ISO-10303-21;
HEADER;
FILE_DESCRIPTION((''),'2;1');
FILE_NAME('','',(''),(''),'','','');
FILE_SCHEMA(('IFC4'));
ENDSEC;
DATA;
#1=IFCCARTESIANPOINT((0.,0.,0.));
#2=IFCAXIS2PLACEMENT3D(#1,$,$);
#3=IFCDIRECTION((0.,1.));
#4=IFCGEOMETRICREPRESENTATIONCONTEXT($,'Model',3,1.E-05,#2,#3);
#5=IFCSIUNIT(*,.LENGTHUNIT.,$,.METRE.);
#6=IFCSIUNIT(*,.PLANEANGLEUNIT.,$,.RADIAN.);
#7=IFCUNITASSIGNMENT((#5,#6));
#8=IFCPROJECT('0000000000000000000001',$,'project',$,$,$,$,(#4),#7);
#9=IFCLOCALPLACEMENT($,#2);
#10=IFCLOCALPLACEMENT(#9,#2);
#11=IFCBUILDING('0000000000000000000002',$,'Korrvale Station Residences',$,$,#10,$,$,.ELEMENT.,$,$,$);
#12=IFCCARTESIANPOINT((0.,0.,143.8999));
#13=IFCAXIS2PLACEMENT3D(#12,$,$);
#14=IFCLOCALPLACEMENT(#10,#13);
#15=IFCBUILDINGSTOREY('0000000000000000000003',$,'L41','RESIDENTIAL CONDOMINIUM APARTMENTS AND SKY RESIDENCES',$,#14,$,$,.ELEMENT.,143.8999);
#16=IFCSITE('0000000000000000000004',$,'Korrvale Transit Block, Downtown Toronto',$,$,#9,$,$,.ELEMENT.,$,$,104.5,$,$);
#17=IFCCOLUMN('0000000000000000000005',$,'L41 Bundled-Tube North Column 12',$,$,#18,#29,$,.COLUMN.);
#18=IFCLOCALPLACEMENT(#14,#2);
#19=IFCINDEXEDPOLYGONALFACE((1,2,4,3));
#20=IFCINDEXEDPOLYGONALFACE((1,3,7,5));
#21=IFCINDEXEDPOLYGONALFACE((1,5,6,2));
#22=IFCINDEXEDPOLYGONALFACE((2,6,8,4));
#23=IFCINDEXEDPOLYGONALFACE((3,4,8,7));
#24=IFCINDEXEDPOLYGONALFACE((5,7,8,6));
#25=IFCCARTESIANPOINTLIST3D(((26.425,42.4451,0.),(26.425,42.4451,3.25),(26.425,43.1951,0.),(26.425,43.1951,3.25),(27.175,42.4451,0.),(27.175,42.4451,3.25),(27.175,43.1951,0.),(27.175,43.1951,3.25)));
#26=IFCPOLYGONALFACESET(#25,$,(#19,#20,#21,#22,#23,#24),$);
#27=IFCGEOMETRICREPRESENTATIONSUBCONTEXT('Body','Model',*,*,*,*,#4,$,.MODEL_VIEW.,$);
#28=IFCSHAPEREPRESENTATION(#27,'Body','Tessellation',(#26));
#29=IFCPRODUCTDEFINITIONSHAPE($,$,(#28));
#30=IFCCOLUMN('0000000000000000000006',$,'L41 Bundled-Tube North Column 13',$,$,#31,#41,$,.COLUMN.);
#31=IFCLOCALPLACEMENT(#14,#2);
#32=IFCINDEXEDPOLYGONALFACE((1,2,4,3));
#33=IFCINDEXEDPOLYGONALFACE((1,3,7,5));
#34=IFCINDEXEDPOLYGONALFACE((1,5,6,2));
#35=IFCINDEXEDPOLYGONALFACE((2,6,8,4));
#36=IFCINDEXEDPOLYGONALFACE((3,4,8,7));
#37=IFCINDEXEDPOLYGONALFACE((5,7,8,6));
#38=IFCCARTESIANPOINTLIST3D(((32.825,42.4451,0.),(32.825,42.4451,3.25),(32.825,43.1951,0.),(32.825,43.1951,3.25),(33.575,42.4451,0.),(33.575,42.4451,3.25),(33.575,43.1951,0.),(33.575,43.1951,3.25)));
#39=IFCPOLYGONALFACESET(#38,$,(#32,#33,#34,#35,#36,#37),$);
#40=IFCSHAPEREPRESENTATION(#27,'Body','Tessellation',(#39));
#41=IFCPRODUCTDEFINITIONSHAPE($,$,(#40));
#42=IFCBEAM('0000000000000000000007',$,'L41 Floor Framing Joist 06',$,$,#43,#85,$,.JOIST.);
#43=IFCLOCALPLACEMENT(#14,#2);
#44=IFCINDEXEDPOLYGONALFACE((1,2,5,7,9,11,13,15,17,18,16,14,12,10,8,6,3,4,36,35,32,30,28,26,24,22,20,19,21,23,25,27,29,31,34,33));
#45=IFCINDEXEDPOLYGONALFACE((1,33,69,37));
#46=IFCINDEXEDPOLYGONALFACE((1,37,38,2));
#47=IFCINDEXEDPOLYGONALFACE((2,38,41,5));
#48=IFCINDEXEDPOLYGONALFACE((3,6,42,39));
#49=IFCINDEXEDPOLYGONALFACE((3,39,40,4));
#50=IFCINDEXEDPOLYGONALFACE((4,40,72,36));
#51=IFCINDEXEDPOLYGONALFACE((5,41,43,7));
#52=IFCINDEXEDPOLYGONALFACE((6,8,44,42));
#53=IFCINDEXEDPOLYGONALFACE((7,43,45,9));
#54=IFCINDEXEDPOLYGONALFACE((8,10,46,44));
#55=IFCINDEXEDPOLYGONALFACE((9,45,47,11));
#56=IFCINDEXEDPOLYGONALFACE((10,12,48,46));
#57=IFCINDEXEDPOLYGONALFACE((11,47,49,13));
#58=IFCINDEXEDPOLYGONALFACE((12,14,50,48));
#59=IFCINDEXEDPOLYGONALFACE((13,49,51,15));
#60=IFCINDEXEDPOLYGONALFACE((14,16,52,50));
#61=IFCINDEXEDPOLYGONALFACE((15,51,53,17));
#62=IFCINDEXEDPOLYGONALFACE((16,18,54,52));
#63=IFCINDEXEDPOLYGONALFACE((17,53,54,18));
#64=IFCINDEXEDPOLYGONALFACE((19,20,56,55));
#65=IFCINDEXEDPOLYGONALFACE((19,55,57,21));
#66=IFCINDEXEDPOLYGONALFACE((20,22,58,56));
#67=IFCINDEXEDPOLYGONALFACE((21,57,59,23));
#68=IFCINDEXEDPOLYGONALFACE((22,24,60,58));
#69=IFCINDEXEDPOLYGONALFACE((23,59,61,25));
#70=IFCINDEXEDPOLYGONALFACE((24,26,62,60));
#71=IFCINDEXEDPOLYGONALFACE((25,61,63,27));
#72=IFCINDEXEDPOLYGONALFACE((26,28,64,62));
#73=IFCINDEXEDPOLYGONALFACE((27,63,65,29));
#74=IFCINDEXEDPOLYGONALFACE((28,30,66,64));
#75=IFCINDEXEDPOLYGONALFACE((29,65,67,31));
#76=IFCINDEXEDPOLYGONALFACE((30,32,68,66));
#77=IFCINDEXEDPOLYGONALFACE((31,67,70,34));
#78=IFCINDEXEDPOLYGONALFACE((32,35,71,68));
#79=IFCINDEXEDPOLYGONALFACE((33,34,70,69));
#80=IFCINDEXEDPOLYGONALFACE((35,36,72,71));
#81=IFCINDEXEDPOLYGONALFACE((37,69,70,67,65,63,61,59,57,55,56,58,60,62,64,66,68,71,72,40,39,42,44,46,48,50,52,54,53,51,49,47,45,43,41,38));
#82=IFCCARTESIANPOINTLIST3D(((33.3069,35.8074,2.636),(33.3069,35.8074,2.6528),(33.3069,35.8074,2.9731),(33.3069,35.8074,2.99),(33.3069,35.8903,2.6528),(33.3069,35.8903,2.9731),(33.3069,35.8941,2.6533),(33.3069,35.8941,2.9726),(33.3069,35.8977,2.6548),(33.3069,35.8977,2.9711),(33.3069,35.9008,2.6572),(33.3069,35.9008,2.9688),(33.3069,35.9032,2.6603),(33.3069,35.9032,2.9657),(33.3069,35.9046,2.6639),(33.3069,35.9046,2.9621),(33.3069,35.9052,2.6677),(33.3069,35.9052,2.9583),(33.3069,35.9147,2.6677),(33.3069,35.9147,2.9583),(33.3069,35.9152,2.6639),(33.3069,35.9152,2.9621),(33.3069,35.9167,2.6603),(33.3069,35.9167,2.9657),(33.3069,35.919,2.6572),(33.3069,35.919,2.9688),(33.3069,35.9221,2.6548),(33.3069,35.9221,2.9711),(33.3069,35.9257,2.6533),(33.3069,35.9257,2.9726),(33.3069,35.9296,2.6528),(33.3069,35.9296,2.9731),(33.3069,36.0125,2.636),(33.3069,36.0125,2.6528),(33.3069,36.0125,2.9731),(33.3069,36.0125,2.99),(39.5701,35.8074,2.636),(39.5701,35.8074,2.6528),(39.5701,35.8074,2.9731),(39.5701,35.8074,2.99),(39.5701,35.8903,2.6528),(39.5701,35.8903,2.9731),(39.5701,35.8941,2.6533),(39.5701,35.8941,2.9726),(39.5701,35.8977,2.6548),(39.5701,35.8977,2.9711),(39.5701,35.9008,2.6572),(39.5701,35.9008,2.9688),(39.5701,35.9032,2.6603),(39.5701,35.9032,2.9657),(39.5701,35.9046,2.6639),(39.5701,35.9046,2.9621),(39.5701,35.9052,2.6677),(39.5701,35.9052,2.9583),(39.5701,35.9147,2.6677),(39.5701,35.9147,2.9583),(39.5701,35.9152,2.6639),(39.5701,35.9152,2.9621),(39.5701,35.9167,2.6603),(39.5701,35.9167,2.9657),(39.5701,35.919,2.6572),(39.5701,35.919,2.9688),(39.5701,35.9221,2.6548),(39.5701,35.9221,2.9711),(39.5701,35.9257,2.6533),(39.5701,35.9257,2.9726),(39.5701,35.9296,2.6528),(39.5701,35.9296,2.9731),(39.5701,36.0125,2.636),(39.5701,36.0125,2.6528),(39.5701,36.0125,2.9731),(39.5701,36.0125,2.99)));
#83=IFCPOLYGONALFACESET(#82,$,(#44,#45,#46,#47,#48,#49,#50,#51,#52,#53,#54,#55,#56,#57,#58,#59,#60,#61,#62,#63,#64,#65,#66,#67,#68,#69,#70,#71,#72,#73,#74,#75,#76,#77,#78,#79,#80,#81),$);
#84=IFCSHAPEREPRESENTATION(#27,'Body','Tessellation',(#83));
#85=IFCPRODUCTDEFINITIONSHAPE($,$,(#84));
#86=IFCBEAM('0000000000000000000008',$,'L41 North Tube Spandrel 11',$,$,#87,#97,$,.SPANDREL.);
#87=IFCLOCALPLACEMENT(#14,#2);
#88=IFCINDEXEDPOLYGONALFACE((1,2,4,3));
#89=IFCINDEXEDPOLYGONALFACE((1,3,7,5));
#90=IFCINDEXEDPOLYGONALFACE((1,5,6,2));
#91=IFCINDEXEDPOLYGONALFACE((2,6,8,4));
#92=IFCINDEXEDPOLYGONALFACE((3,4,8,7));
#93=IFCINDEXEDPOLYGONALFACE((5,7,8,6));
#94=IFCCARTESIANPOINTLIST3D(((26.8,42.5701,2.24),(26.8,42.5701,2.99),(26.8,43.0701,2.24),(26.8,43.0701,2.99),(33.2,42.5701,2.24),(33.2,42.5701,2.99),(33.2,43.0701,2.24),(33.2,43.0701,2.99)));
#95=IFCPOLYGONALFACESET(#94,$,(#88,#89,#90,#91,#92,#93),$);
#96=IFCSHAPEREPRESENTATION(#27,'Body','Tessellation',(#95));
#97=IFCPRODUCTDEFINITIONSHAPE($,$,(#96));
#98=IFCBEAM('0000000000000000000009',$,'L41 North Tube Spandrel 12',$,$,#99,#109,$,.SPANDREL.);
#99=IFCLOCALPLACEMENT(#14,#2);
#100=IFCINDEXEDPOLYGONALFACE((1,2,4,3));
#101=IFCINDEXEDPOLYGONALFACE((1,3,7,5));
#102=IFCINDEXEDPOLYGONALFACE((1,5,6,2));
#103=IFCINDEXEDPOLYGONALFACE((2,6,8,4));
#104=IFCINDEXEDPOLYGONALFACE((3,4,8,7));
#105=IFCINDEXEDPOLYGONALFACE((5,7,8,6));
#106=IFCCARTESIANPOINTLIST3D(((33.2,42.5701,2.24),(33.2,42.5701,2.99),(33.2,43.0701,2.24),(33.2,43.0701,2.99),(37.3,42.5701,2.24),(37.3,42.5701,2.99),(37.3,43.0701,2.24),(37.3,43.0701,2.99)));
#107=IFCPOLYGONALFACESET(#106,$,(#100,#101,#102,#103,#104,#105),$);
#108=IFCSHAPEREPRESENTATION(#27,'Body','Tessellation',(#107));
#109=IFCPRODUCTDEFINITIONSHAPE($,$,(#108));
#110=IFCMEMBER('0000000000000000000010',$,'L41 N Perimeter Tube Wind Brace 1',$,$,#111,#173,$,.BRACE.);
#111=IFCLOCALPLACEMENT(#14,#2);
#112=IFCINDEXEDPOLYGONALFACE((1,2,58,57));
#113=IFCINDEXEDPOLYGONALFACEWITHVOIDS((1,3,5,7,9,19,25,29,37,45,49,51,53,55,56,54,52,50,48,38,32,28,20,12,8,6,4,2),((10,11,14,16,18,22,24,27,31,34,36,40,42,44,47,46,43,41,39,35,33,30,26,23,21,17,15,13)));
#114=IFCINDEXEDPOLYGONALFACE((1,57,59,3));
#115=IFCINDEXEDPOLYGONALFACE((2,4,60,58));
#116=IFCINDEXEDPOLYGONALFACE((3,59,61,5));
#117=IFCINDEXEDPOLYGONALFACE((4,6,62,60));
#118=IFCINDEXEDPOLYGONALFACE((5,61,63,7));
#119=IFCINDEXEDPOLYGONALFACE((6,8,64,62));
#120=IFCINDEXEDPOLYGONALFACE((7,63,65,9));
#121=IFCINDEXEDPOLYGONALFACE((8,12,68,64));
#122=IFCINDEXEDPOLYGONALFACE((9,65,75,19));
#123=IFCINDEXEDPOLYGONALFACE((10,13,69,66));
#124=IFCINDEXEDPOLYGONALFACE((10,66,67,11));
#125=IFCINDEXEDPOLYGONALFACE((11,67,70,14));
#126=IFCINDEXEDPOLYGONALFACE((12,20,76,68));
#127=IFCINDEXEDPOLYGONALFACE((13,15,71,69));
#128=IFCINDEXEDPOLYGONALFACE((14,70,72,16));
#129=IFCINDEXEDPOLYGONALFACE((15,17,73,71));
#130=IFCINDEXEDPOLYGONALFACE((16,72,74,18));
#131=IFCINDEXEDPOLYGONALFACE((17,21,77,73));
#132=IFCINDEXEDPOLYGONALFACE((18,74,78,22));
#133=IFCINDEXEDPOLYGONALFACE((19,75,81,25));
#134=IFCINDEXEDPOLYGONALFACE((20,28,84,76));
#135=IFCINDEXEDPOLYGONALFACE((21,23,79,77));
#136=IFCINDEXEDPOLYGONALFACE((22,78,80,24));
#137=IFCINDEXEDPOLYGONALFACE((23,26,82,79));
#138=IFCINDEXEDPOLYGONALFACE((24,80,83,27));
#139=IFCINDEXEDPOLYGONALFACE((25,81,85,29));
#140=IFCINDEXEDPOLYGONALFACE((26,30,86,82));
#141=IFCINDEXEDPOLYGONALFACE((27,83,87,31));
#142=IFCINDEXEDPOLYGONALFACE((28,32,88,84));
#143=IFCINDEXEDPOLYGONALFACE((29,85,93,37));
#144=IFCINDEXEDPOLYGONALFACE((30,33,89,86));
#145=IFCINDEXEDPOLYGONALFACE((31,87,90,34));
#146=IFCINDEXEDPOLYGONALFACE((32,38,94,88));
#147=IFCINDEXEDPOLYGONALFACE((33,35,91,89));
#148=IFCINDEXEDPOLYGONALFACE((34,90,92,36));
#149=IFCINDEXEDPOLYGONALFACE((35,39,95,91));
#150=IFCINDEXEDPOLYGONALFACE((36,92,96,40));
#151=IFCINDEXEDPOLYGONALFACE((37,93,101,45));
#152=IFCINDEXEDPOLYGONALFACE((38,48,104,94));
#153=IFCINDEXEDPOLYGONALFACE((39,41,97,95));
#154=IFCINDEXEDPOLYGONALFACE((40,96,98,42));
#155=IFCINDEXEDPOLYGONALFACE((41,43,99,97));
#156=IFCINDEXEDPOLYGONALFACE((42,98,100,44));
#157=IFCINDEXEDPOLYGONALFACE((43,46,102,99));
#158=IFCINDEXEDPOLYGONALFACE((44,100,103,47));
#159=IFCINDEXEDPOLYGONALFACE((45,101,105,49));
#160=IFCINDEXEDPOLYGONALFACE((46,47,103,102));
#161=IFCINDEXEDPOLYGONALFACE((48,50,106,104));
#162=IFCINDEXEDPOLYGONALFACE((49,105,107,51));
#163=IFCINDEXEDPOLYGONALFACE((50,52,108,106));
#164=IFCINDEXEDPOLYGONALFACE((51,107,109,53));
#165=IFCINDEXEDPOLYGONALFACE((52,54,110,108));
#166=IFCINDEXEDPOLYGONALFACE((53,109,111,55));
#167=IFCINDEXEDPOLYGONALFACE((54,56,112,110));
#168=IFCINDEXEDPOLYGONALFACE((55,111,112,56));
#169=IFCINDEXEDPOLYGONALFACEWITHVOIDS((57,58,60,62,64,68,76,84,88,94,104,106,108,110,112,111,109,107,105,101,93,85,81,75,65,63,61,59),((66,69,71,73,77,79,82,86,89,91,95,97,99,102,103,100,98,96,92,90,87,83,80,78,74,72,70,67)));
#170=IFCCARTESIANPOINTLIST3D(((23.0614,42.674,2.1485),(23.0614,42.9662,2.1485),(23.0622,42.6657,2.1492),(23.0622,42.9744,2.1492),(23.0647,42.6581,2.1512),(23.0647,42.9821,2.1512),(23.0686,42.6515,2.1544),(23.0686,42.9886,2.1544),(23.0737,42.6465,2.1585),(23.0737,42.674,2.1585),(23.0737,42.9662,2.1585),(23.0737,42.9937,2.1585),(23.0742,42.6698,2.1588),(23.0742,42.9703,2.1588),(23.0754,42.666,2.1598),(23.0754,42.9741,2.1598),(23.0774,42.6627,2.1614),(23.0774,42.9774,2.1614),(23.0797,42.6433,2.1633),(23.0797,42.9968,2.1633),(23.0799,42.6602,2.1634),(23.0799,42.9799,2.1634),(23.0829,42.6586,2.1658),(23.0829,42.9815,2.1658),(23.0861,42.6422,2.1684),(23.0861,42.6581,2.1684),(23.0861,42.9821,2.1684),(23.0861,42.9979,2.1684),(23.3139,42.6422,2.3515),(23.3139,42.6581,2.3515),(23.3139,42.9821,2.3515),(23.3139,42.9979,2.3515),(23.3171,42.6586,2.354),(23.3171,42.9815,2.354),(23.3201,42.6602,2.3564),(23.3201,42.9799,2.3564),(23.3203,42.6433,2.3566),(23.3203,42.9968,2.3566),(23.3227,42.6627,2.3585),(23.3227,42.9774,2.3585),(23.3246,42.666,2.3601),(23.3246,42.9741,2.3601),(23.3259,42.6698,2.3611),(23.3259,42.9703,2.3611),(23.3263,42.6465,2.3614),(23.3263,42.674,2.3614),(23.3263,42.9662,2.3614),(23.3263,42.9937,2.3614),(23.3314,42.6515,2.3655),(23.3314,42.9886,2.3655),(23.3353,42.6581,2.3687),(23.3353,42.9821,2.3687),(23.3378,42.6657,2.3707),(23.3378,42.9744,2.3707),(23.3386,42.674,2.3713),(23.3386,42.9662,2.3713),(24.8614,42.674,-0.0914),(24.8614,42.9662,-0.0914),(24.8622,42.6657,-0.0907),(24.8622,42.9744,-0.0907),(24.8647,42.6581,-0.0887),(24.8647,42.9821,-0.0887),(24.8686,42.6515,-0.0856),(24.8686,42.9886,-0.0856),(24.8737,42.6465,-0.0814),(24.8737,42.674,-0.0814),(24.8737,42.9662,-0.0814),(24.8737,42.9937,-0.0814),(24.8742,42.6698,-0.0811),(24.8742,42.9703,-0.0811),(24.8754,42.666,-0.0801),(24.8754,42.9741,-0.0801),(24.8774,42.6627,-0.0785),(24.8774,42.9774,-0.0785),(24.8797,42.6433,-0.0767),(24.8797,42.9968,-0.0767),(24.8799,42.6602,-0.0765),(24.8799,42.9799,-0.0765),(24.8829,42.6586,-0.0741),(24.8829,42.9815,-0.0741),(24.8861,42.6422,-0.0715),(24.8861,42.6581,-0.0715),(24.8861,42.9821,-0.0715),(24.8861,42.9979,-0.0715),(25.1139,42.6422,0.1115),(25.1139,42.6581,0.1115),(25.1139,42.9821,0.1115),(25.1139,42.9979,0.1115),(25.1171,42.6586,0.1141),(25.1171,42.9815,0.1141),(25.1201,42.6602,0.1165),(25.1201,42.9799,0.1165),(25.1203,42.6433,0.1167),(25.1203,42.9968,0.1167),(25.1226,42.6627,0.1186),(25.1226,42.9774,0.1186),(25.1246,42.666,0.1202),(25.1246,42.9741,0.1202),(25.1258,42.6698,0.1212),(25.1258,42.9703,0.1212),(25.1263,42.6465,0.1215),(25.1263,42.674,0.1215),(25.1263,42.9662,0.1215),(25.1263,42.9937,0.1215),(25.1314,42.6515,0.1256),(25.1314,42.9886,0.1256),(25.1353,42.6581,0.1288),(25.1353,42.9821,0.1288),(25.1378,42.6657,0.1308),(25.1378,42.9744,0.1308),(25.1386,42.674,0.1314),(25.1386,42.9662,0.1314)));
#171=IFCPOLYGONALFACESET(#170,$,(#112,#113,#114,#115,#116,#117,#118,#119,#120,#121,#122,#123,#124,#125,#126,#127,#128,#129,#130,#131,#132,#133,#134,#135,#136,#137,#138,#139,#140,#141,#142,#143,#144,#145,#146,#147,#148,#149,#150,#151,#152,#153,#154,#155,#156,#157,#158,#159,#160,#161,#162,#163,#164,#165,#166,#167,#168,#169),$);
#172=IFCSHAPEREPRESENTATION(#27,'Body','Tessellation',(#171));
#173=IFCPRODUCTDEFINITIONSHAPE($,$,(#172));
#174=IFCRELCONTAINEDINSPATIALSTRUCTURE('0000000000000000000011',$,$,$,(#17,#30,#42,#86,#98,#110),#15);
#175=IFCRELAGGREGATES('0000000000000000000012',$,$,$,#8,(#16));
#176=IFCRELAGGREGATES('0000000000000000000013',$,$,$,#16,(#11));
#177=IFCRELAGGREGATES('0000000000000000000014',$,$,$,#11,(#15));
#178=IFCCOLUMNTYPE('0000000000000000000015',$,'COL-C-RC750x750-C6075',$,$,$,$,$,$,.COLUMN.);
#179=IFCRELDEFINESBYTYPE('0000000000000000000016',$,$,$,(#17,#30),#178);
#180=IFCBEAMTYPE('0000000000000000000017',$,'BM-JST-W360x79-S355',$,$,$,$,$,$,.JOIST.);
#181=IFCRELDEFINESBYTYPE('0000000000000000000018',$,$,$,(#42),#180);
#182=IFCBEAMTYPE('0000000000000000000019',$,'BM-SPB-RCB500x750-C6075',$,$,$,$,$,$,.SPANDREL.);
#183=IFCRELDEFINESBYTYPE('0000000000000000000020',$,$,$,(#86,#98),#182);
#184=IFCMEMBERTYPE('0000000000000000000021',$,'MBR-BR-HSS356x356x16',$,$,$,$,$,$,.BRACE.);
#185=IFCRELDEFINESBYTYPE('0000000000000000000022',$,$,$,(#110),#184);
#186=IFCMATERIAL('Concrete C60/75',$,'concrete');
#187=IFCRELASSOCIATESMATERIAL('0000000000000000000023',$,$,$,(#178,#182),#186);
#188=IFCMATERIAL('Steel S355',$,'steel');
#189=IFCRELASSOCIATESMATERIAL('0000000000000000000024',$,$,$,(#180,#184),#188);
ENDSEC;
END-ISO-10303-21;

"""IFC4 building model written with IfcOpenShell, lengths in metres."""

from ifc_helpers import new_model, si_unit, direction, frame, origin, origin_2d, place, context, subcontext, project, spatial, rectangle, hollow_rectangle, i_section, extrude, material, material_profile, profile_set, type_object, element, save


model = new_model("IFC4")

# Units and contexts
model_context = context("Model", 3, precision=1e-05, world=origin(), true_north=direction((0.0, 1.0)))
body_context = subcontext(model_context, "Body", "Model", "MODEL_VIEW")
ifc_project = project(units=[si_unit("LENGTHUNIT", "METRE"), si_unit("PLANEANGLEUNIT", "RADIAN")], contexts=[model_context])

# Site, building, storey
site_placement = place(None, origin())
site = spatial("IfcSite", under=ifc_project, at=site_placement, Name="Korrvale Transit Block, Downtown Toronto", CompositionType="ELEMENT", RefElevation=104.5)
building_placement = place(site_placement, origin())
building = spatial("IfcBuilding", under=site, at=building_placement, Name="Korrvale Station Residences", CompositionType="ELEMENT")
storey_placement = place(building_placement, frame((0.0, 0.0, 143.8999)))
storey = spatial("IfcBuildingStorey", under=building, at=storey_placement, Name="L41", Description="RESIDENTIAL CONDOMINIUM APARTMENTS AND SKY RESIDENCES", CompositionType="ELEMENT", Elevation=143.8999)

# Columns
ifc_material_1 = material(Name="Concrete C60/75", Category="concrete")
ifc_material_profile_1 = material_profile(ifc_material_1, rectangle(XDim=0.75, YDim=0.75, at=origin_2d()), Name="RC750x750")
ifc_profile_set_1 = profile_set([ifc_material_profile_1], Name="Concrete C60/75")
column_type = type_object("IfcColumnType", Name="COL-C-RC750x750-C6075", PredefinedType="COLUMN", material=ifc_profile_set_1)
for number, where, z_axis, x_axis, name in (
    (1, (26.8, 42.8201, 0.0), (0.0, 0.0, 1.0), (1.0, 0.0, 0.0), "L41 Bundled-Tube North Column 12"),
    (2, (33.2, 42.8201, 0.0), (0.0, 0.0, 1.0), (1.0, 0.0, 0.0), "L41 Bundled-Tube North Column 13"),
):
    element("IfcColumn", number, at=place(storey_placement, frame(where, z_axis=z_axis, x_axis=x_axis)), inside=storey, type_object=column_type, Name=name, PredefinedType="COLUMN", context=body_context, shape_type="SweptSolid", body=[
        extrude(rectangle(XDim=0.75, YDim=0.75, at=origin_2d()), origin(), (0.0, 0.0, 1.0), 3.25),
    ])

# Beams
ifc_material_2 = material(Name="Steel S355", Category="steel")
ifc_material_profile_2 = material_profile(ifc_material_2, i_section(OverallWidth=0.2051, OverallDepth=0.354, WebThickness=0.0095, FlangeThickness=0.0168, FilletRadius=0.0149, at=origin_2d()), Name="W360x79")
ifc_profile_set_2 = profile_set([ifc_material_profile_2], Name="Steel S355")
beam_type_1 = type_object("IfcBeamType", Name="BM-JST-W360x79-S355", PredefinedType="JOIST", material=ifc_profile_set_2)
beam_1_placement = place(storey_placement, frame((33.3069, 35.9099, 2.813), z_axis=(1.0, 0.0, 0.0), x_axis=(0.0, 1.0, 0.0)))
element("IfcBeam", 3, at=beam_1_placement, inside=storey, type_object=beam_type_1, Name="L41 Floor Framing Joist 06", PredefinedType="JOIST", context=body_context, shape_type="SweptSolid", body=[
    extrude(i_section(OverallWidth=0.2051, OverallDepth=0.354, WebThickness=0.0095, FlangeThickness=0.0168, FilletRadius=0.0149, at=origin_2d()), origin(), (0.0, 0.0, 1.0), 6.2632),
])
ifc_material_profile_3 = material_profile(ifc_material_1, rectangle(XDim=0.5, YDim=0.75, at=origin_2d()), Name="RCB500x750")
ifc_profile_set_3 = profile_set([ifc_material_profile_3], Name="Concrete C60/75")
beam_type_2 = type_object("IfcBeamType", Name="BM-SPB-RCB500x750-C6075", PredefinedType="SPANDREL", material=ifc_profile_set_3)
beam_2_placement = place(storey_placement, frame((26.8, 42.8201, 2.615), z_axis=(1.0, 0.0, 0.0), x_axis=(0.0, 1.0, 0.0)))
element("IfcBeam", 4, at=beam_2_placement, inside=storey, type_object=beam_type_2, Name="L41 North Tube Spandrel 11", PredefinedType="SPANDREL", context=body_context, shape_type="SweptSolid", body=[
    extrude(rectangle(XDim=0.5, YDim=0.75, at=origin_2d()), origin(), (0.0, 0.0, 1.0), 6.3999),
])
beam_3_placement = place(storey_placement, frame((33.2, 42.8201, 2.615), z_axis=(1.0, 0.0, 0.0), x_axis=(0.0, 1.0, 0.0)))
element("IfcBeam", 5, at=beam_3_placement, inside=storey, type_object=beam_type_2, Name="L41 North Tube Spandrel 12", PredefinedType="SPANDREL", context=body_context, shape_type="SweptSolid", body=[
    extrude(rectangle(XDim=0.5, YDim=0.75, at=origin_2d()), origin(), (0.0, 0.0, 1.0), 4.1001),
])

# Member
ifc_material_profile_4 = material_profile(ifc_material_2, hollow_rectangle(XDim=0.3557, YDim=0.3557, WallThickness=0.0159, InnerFilletRadius=0.0159, OuterFilletRadius=0.0317, at=origin_2d()), Name="HSS356x356x16")
ifc_profile_set_4 = profile_set([ifc_material_profile_4], Name="Steel S355")
member_type = type_object("IfcMemberType", Name="MBR-BR-HSS356x356x16", PredefinedType="BRACE", material=ifc_profile_set_4)
for number, where, z_axis, x_axis, name in (
    (6, (25.0, 42.8201, 0.02), (-0.626403, 0.0, 0.779499), (0.0, -1.0, 0.0), "L41 N Perimeter Tube Wind Brace 1"),
):
    element("IfcMember", number, at=place(storey_placement, frame(where, z_axis=z_axis, x_axis=x_axis)), inside=storey, type_object=member_type, Name=name, PredefinedType="BRACE", context=body_context, shape_type="SweptSolid", body=[
        extrude(hollow_rectangle(XDim=0.3557, YDim=0.3557, WallThickness=0.0159, InnerFilletRadius=0.0159, OuterFilletRadius=0.0317, at=origin_2d()), origin(), (0.0, 0.0, 1.0), 2.8735),
    ])

save(model, "model.ifc")
